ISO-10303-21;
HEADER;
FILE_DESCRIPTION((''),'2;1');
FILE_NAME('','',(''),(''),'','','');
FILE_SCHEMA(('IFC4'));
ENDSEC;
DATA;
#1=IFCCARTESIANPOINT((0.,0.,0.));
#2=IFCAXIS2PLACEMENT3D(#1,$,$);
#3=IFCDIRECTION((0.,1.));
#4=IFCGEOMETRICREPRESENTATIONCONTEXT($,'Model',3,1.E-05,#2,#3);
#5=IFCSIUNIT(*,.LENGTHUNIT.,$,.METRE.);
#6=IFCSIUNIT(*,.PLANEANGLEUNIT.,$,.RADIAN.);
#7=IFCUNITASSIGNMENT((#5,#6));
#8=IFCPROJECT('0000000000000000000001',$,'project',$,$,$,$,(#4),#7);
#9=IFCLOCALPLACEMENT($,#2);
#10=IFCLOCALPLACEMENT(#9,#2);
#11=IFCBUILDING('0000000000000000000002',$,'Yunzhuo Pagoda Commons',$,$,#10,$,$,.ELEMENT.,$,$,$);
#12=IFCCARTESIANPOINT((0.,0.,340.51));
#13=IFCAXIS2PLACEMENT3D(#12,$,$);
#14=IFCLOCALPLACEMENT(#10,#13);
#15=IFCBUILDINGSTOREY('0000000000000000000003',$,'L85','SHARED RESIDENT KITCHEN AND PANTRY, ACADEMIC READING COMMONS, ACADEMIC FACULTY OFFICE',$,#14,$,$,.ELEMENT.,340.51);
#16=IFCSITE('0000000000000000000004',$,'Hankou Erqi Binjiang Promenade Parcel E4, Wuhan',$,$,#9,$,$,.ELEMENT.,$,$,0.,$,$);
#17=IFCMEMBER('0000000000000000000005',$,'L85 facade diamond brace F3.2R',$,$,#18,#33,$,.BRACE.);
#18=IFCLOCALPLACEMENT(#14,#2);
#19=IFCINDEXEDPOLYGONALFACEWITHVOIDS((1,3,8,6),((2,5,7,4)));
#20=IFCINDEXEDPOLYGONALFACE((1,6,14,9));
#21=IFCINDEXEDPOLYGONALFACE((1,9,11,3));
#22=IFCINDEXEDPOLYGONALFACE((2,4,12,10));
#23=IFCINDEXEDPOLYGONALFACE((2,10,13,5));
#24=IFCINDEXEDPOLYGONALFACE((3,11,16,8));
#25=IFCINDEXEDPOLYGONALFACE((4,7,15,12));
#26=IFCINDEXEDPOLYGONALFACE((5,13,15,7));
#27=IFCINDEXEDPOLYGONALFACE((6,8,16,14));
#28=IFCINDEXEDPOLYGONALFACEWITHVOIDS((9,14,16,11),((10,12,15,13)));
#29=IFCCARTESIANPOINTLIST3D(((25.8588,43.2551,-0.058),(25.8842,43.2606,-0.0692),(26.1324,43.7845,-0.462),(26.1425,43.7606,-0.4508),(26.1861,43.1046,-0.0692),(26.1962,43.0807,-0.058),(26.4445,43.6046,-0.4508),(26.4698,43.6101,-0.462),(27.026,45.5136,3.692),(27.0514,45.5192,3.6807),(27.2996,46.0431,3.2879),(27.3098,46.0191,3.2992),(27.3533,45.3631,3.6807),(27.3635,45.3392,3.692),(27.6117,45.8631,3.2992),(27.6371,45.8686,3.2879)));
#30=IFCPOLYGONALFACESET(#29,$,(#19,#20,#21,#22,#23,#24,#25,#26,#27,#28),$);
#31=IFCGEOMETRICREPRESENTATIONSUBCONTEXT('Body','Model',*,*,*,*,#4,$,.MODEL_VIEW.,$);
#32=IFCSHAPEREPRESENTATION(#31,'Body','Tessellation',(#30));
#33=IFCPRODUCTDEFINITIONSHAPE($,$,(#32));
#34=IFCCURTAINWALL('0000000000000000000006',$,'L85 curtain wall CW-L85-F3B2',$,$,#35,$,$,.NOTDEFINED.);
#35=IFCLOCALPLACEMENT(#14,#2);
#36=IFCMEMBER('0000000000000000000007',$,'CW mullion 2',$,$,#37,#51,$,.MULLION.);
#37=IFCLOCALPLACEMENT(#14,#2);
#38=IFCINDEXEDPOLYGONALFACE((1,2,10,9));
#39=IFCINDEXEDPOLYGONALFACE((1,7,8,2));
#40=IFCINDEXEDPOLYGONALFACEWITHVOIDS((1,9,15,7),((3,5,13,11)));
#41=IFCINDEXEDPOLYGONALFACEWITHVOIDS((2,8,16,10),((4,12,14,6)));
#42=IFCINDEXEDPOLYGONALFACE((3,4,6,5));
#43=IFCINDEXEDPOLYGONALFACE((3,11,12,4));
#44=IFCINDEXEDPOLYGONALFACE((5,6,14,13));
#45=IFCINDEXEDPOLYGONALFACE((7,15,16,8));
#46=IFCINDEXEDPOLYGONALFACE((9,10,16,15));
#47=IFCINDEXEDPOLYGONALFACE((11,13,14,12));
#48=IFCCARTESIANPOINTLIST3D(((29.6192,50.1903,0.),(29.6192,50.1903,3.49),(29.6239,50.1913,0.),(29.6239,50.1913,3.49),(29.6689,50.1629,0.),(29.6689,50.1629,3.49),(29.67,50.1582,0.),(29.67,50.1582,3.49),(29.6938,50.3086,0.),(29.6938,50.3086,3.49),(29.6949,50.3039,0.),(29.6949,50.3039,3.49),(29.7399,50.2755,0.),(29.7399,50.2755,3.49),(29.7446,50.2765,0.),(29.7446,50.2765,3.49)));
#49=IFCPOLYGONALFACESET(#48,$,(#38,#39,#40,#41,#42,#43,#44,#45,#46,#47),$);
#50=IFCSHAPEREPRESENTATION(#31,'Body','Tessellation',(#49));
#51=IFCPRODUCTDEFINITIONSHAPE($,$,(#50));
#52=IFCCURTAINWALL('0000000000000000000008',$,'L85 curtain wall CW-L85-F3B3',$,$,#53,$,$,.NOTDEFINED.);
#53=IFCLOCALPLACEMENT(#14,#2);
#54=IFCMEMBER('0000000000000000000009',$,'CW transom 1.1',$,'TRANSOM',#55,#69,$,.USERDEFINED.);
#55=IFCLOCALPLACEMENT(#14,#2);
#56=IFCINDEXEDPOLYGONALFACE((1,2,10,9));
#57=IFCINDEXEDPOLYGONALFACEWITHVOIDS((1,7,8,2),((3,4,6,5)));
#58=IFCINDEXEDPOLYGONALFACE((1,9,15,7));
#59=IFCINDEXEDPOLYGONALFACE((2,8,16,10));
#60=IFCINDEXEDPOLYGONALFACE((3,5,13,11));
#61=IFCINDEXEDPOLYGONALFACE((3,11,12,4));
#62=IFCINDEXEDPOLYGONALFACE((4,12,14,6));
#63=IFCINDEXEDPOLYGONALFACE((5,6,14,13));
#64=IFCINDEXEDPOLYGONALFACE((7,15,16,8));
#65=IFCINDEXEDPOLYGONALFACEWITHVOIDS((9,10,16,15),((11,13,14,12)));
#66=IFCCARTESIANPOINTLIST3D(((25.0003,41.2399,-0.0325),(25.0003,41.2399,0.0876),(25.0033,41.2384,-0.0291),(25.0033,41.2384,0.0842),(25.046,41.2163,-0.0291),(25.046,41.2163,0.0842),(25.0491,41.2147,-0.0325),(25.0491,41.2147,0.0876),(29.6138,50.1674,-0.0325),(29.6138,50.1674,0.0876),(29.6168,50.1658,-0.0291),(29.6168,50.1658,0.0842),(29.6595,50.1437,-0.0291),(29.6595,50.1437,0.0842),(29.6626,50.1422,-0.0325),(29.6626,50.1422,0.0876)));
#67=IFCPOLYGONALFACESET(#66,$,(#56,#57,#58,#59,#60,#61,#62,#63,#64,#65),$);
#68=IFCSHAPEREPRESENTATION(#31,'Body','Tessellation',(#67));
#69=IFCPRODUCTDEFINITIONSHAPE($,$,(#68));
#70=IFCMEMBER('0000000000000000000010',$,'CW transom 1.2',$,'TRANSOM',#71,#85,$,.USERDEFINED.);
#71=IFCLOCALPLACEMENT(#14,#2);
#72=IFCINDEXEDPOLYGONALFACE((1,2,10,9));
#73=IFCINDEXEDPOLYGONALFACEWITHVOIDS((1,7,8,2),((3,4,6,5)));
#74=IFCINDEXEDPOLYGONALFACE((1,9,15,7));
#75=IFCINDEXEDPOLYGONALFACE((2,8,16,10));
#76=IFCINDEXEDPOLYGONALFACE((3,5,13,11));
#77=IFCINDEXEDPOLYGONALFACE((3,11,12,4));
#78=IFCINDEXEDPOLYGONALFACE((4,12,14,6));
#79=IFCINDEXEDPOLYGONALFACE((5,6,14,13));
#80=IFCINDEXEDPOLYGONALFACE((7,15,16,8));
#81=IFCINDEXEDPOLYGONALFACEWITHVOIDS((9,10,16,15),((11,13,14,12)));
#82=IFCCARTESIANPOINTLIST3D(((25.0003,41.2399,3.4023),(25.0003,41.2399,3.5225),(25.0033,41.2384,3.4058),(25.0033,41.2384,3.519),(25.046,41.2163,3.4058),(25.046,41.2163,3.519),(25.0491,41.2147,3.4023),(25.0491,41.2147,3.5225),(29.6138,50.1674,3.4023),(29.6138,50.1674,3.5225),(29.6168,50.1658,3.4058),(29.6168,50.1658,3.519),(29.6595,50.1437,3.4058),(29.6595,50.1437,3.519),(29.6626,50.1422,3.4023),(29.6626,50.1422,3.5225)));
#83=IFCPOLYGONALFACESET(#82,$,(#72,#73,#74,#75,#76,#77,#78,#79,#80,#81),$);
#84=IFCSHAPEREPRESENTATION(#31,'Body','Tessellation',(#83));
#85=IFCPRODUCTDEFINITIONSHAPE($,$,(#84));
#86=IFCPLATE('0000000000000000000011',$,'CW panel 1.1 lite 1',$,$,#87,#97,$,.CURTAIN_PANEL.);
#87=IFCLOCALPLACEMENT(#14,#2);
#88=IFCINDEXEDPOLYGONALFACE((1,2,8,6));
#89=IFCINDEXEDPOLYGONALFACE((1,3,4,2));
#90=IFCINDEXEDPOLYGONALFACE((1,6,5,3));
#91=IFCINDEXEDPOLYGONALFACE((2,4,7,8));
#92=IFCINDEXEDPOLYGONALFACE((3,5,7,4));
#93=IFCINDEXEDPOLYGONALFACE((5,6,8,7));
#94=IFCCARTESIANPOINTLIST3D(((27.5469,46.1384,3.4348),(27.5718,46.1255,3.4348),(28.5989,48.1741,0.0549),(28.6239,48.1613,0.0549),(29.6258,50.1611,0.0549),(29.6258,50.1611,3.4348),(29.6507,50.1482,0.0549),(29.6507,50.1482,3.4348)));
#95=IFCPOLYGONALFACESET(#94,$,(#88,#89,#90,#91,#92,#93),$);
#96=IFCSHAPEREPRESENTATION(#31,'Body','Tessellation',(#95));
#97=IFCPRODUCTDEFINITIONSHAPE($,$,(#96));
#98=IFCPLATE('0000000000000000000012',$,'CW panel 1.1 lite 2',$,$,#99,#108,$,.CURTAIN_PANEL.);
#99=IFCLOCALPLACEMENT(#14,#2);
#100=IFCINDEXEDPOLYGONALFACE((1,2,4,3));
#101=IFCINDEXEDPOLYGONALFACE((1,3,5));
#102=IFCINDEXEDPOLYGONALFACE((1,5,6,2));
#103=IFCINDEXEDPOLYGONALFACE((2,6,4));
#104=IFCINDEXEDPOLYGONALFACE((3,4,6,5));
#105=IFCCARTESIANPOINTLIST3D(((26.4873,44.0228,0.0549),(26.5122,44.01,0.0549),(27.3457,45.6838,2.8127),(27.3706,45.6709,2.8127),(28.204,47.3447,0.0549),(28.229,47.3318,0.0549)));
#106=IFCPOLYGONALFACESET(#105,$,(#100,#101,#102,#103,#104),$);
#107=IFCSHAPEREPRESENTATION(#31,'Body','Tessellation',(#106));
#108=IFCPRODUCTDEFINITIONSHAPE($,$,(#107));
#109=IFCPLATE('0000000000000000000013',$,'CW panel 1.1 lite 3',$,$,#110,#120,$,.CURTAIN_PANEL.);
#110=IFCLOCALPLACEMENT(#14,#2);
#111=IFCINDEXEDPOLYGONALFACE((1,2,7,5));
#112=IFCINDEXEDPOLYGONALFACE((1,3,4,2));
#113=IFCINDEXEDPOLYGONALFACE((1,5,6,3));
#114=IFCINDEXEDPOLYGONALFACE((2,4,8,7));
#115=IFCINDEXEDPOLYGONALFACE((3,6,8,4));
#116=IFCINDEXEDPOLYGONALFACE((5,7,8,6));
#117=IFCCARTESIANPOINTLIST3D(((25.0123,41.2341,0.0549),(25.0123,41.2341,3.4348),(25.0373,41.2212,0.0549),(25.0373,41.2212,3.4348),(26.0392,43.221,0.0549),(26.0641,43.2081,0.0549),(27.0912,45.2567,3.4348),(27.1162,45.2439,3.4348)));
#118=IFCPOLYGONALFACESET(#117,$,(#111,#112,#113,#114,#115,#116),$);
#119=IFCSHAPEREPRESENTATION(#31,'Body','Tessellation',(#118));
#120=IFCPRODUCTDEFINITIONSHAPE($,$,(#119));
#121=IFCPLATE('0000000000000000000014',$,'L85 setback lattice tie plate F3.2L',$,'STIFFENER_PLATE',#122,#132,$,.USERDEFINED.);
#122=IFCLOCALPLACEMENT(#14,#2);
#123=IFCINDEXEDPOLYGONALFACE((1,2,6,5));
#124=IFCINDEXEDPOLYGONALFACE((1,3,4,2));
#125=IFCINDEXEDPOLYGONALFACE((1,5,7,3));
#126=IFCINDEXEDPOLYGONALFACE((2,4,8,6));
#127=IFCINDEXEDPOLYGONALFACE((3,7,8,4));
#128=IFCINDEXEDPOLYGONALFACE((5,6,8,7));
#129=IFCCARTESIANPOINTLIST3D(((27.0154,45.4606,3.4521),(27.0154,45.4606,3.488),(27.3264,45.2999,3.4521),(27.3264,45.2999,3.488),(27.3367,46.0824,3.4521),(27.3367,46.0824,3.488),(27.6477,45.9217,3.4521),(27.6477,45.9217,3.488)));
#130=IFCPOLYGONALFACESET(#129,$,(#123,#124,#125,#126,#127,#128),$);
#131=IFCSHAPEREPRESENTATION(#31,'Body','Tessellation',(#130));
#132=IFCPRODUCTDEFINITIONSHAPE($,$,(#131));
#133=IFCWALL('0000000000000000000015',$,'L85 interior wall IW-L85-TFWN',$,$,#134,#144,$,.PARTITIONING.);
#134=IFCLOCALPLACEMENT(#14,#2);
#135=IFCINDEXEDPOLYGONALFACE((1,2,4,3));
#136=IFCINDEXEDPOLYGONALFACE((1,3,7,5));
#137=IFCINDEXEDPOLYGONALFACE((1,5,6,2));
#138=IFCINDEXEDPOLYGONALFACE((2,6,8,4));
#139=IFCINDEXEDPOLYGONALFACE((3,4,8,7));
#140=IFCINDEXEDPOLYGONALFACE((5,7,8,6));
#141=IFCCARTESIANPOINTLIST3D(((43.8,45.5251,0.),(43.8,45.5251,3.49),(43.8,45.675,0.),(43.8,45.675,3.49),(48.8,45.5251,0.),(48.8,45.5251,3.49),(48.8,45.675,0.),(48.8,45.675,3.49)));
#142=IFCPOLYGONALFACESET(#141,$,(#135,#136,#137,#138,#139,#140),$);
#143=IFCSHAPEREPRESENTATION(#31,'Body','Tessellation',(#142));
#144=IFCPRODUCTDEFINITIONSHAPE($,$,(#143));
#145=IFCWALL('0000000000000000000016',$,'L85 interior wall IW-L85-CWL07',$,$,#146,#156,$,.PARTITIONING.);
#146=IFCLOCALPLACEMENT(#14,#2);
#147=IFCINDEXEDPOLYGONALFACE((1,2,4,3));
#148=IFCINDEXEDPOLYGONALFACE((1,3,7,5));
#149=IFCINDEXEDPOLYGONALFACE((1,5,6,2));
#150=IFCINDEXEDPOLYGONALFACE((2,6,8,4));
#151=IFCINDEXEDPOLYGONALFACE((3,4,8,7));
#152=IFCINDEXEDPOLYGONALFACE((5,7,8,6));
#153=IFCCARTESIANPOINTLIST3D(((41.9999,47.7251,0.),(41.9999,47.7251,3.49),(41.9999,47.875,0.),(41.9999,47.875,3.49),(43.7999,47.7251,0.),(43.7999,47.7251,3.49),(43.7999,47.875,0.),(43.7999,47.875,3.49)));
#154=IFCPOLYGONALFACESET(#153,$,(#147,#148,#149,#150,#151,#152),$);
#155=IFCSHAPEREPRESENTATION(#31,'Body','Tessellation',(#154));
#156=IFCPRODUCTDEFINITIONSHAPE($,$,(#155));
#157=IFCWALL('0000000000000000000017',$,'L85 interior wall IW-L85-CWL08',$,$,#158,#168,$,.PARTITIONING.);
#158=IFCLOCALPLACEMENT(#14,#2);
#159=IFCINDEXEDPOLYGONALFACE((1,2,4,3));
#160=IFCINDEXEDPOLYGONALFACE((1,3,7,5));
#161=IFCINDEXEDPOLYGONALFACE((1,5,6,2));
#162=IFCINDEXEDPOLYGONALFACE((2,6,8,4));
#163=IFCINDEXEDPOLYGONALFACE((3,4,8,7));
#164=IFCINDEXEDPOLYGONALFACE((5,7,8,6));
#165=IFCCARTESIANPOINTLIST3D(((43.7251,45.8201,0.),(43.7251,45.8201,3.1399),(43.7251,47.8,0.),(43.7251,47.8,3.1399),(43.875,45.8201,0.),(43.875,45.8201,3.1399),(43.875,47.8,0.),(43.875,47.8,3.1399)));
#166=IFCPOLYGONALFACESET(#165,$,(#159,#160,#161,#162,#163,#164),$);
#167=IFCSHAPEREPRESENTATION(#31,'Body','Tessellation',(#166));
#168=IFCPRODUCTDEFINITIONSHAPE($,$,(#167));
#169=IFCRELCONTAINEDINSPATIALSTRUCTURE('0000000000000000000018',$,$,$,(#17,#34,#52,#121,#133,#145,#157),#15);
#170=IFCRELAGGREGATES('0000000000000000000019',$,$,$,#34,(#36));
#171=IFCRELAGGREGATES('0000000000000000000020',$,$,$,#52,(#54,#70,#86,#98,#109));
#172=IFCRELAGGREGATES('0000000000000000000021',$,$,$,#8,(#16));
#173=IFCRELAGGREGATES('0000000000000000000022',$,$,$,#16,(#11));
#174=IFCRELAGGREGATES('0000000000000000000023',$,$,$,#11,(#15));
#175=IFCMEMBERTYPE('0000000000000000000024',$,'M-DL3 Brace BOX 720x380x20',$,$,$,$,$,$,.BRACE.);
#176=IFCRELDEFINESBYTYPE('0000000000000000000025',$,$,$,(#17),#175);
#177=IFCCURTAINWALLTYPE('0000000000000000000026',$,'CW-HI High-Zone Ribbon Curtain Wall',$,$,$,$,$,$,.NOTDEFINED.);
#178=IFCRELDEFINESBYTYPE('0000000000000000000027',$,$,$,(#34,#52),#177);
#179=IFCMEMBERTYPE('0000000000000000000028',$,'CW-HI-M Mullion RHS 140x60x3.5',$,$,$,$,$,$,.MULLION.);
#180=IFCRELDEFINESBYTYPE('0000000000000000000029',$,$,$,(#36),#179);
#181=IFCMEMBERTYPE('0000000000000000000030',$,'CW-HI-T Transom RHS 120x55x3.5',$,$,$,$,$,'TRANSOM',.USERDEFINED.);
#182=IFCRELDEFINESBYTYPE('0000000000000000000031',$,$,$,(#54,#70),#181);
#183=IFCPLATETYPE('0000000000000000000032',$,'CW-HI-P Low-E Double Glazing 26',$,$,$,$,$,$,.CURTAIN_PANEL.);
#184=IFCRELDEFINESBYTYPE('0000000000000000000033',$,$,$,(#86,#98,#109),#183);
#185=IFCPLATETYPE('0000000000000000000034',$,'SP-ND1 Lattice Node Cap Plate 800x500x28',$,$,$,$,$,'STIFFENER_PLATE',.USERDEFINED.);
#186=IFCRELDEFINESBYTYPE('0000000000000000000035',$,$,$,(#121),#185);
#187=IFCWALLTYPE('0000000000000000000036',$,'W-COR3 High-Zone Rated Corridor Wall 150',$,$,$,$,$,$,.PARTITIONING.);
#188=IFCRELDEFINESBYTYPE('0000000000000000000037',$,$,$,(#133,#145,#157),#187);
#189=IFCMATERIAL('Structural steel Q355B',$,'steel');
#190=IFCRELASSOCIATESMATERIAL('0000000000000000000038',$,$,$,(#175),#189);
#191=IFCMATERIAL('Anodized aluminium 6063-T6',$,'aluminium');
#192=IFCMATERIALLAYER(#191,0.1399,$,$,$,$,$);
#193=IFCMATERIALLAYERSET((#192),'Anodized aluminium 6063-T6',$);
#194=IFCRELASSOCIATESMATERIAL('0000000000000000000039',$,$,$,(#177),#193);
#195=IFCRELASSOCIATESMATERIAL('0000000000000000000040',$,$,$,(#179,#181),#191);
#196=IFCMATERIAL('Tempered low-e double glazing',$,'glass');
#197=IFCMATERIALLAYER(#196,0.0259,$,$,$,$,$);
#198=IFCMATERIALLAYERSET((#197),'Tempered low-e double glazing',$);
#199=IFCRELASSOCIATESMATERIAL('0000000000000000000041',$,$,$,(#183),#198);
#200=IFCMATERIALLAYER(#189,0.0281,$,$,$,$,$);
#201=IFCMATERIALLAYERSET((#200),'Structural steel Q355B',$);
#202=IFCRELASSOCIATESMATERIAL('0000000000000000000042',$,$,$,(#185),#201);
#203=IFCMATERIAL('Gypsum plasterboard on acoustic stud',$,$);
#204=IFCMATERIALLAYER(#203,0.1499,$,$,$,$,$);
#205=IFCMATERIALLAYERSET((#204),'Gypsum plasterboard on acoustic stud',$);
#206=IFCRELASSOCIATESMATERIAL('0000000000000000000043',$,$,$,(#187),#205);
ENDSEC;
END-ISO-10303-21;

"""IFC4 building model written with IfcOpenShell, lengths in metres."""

from ifc_helpers import new_model, si_unit, direction, frame, frame_2d, origin, origin_2d, place, context, subcontext, project, spatial, polyline, rectangle, hollow_rectangle, outline, extrude, source, transform, mapped, material, layer, layer_set, material_profile, profile_set, type_object, element, aggregate, save


model = new_model("IFC4")

# Units and contexts
model_context = context("Model", 3, precision=1e-05, world=origin(), true_north=direction((0.0, 1.0)))
body_context = subcontext(model_context, "Body", "Model", "MODEL_VIEW")
ifc_project = project(units=[si_unit("LENGTHUNIT", "METRE"), si_unit("PLANEANGLEUNIT", "RADIAN")], contexts=[model_context])

# Site, building, storey
site_placement = place(None, origin())
site = spatial("IfcSite", under=ifc_project, at=site_placement, Name="Hankou Erqi Binjiang Promenade Parcel E4, Wuhan", CompositionType="ELEMENT", RefElevation=0.0)
building_placement = place(site_placement, origin())
building = spatial("IfcBuilding", under=site, at=building_placement, Name="Yunzhuo Pagoda Commons", CompositionType="ELEMENT")
storey_placement = place(building_placement, frame((0.0, 0.0, 340.51)))
storey = spatial("IfcBuildingStorey", under=building, at=storey_placement, Name="L85", Description="SHARED RESIDENT KITCHEN AND PANTRY, ACADEMIC READING COMMONS, ACADEMIC FACULTY OFFICE", CompositionType="ELEMENT", Elevation=340.51)

# Shared definitions
ifc_material_1 = material(Name="Structural steel Q355B", Category="steel")

# Member
ifc_material_profile_1 = material_profile(ifc_material_1, hollow_rectangle(XDim=0.3799, YDim=0.72, WallThickness=0.02, at=origin_2d()), Name="Structural steel Q355B")
ifc_profile_set_1 = profile_set([ifc_material_profile_1], Name="Structural steel Q355B")
member_type_1 = type_object("IfcMemberType", Name="M-DL3 Brace BOX 720x380x20", PredefinedType="BRACE", material=ifc_profile_set_1)
shared_shape_1 = source(origin(), body_context, "Body", "SweptSolid", [
    extrude(hollow_rectangle(XDim=0.3799, YDim=0.72, WallThickness=0.02, at=origin_2d()), origin(), (0.0, 0.0, 1.0), 4.5305),
])
for number, where, z_axis, x_axis, name in (
    (1, (26.1643, 43.4326, -0.26), (0.257636, 0.498514, 0.827712), (-0.888374, 0.45912, 0.0), "L85 facade diamond brace F3.2R"),
):
    element("IfcMember", number, at=place(storey_placement, frame(where, z_axis=z_axis, x_axis=x_axis)), inside=storey, type_object=member_type_1, Name=name, PredefinedType="BRACE", context=body_context, shape_type="MappedRepresentation", body=[
        mapped(shared_shape_1, transform((0.0, 0.0, 0.0), scale=1.0)),
    ])

# Curtain wall, member
ifc_material_2 = material(Name="Anodized aluminium 6063-T6", Category="aluminium")
ifc_layer_1 = layer(ifc_material_2, 0.1399)
ifc_layer_set_1 = layer_set([ifc_layer_1], Name="Anodized aluminium 6063-T6")
curtain_wall_type = type_object("IfcCurtainWallType", Name="CW-HI High-Zone Ribbon Curtain Wall", PredefinedType="NOTDEFINED", material=ifc_layer_set_1)
curtain_wall_1_placement = place(storey_placement, origin())
curtain_wall_1 = element("IfcCurtainWall", 2, at=curtain_wall_1_placement, inside=storey, type_object=curtain_wall_type, Name="L85 curtain wall CW-L85-F3B2", PredefinedType="NOTDEFINED")
ifc_material_profile_2 = material_profile(ifc_material_2, hollow_rectangle(XDim=0.0601, YDim=0.1399, WallThickness=0.0034, at=origin_2d()), Name="Anodized aluminium 6063-T6")
ifc_profile_set_2 = profile_set([ifc_material_profile_2], Name="Anodized aluminium 6063-T6")
member_type_2 = type_object("IfcMemberType", Name="CW-HI-M Mullion RHS 140x60x3.5", PredefinedType="MULLION", material=ifc_profile_set_2)
shared_shape_2 = source(origin(), body_context, "Body", "SweptSolid", [
    extrude(hollow_rectangle(XDim=0.0601, YDim=0.1399, WallThickness=0.0034, at=origin_2d()), origin(), (0.0, 0.0, 1.0), 3.49),
])
member_1_placement = place(storey_placement, frame((29.6819, 50.2334, 0.0), z_axis=(0.0, 0.0, 1.0), x_axis=(0.845818, -0.533472, 0.0)))
member_1 = element("IfcMember", 3, at=member_1_placement, type_object=member_type_2, Name="CW mullion 2", PredefinedType="MULLION", context=body_context, shape_type="MappedRepresentation", body=[
    mapped(shared_shape_2, transform((0.0, 0.0, 0.0), scale=1.0)),
])
aggregate(curtain_wall_1, [member_1])

# Curtain wall, members, plates
curtain_wall_2_placement = place(storey_placement, origin())
curtain_wall_2 = element("IfcCurtainWall", 4, at=curtain_wall_2_placement, inside=storey, type_object=curtain_wall_type, Name="L85 curtain wall CW-L85-F3B3", PredefinedType="NOTDEFINED")
ifc_material_profile_3 = material_profile(ifc_material_2, hollow_rectangle(XDim=0.0549, YDim=0.1201, WallThickness=0.0034, at=origin_2d()), Name="Anodized aluminium 6063-T6")
ifc_profile_set_3 = profile_set([ifc_material_profile_3], Name="Anodized aluminium 6063-T6")
member_type_3 = type_object("IfcMemberType", Name="CW-HI-T Transom RHS 120x55x3.5", ElementType="TRANSOM", PredefinedType="USERDEFINED", material=ifc_profile_set_3)
shared_shape_3 = source(origin(), body_context, "Body", "SweptSolid", [
    extrude(hollow_rectangle(XDim=0.0549, YDim=0.1201, WallThickness=0.0034, at=origin_2d()), origin(), (0.0, 0.0, 1.0), 10.0491),
])
member_2_placement = place(storey_placement, frame((29.6382, 50.1548, 0.0276), z_axis=(-0.459098, -0.888386, 0.0), x_axis=(0.888386, -0.459098, 0.0)))
member_2 = element("IfcMember", 5, at=member_2_placement, type_object=member_type_3, Name="CW transom 1.1", ObjectType="TRANSOM", PredefinedType="USERDEFINED", context=body_context, shape_type="MappedRepresentation", body=[
    mapped(shared_shape_3, transform((0.0, 0.0, 0.0), scale=1.0)),
])
member_3_placement = place(storey_placement, frame((29.6382, 50.1548, 3.4624), z_axis=(-0.459098, -0.888386, 0.0), x_axis=(0.888386, -0.459098, 0.0)))
member_3 = element("IfcMember", 6, at=member_3_placement, type_object=member_type_3, Name="CW transom 1.2", ObjectType="TRANSOM", PredefinedType="USERDEFINED", context=body_context, shape_type="MappedRepresentation", body=[
    mapped(shared_shape_3, transform((0.0, 0.0, 0.0), scale=1.0)),
])
ifc_material_3 = material(Name="Tempered low-e double glazing", Category="glass")
ifc_layer_2 = layer(ifc_material_3, 0.0259)
ifc_layer_set_2 = layer_set([ifc_layer_2], Name="Tempered low-e double glazing")
plate_type_1 = type_object("IfcPlateType", Name="CW-HI-P Low-E Double Glazing 26", PredefinedType="CURTAIN_PANEL", material=ifc_layer_set_2)
plate_1_placement = place(storey_placement, frame((28.6113, 48.137, 1.7449), z_axis=(-0.88838, 0.459108, 0.0), x_axis=(-0.459108, -0.88838, 0.0)))
plate_1 = element("IfcPlate", 7, at=plate_1_placement, type_object=plate_type_1, Name="CW panel 1.1 lite 1", PredefinedType="CURTAIN_PANEL", context=body_context, shape_type="SweptSolid", body=[
    extrude(outline(polyline([(-2.2639, -1.6899), (-0.0273, -1.6899), (2.2642, 1.6899), (-2.2639, 1.6899), (-2.2639, -1.6899)])), origin(), (0.0, 0.0, 1.0), 0.0281),
])
plate_2_placement = place(storey_placement, frame((27.3706, 45.6709, 1.4338), z_axis=(-0.88838, 0.459108, 0.0), x_axis=(-0.459108, -0.88838, 0.0)))
plate_2 = element("IfcPlate", 8, at=plate_2_placement, type_object=plate_type_1, Name="CW panel 1.1 lite 2", PredefinedType="CURTAIN_PANEL", context=body_context, shape_type="SweptSolid", body=[
    extrude(outline(polyline([(-1.8696, -1.3789), (1.8696, -1.3789), (0.0, 1.3789), (-1.8696, -1.3789)])), origin(), (0.0, 0.0, 1.0), 0.0281),
])
plate_3_placement = place(storey_placement, frame((26.0767, 43.2324, 1.7449), z_axis=(-0.88838, 0.459108, 0.0), x_axis=(-0.459108, -0.88838, 0.0)))
plate_3 = element("IfcPlate", 9, at=plate_3_placement, type_object=plate_type_1, Name="CW panel 1.1 lite 3", PredefinedType="CURTAIN_PANEL", context=body_context, shape_type="SweptSolid", body=[
    extrude(outline(polyline([(-2.2642, 1.6899), (0.0273, -1.6899), (2.2639, -1.6899), (2.2639, 1.6899), (-2.2642, 1.6899)])), origin(), (0.0, 0.0, 1.0), 0.0281),
])
aggregate(curtain_wall_2, [member_2, member_3, plate_1, plate_2, plate_3])

# Plate
ifc_layer_3 = layer(ifc_material_1, 0.0281)
ifc_layer_set_3 = layer_set([ifc_layer_3], Name="Structural steel Q355B")
plate_type_2 = type_object("IfcPlateType", Name="SP-ND1 Lattice Node Cap Plate 800x500x28", ElementType="STIFFENER_PLATE", PredefinedType="USERDEFINED", material=ifc_layer_set_3)
shared_shape_4 = source(origin(), body_context, "Body", "SweptSolid", [
    extrude(rectangle(XDim=0.7, YDim=0.3501, at=origin_2d()), origin(), (0.0, 0.0, 1.0), 0.0359),
])
plate_4_placement = place(storey_placement, frame((27.3315, 45.6912, 3.4521), z_axis=(0.0, 0.0, 1.0), x_axis=(-0.459115, -0.888377, 0.0)))
element("IfcPlate", 10, at=plate_4_placement, inside=storey, type_object=plate_type_2, Name="L85 setback lattice tie plate F3.2L", ObjectType="STIFFENER_PLATE", PredefinedType="USERDEFINED", context=body_context, shape_type="MappedRepresentation", body=[
    mapped(shared_shape_4, transform((0.0, 0.0, 0.0), scale=1.0)),
])

# Walls
ifc_material_4 = material(Name="Gypsum plasterboard on acoustic stud")
ifc_layer_4 = layer(ifc_material_4, 0.1499)
ifc_layer_set_4 = layer_set([ifc_layer_4], Name="Gypsum plasterboard on acoustic stud")
wall_type = type_object("IfcWallType", Name="W-COR3 High-Zone Rated Corridor Wall 150", PredefinedType="PARTITIONING", material=ifc_layer_set_4)
wall_1_placement = place(storey_placement, frame((43.8, 45.6001, 0.0), z_axis=(0.0, 0.0, 1.0), x_axis=(1.0, 0.0, 0.0)))
element("IfcWall", 11, at=wall_1_placement, inside=storey, type_object=wall_type, Name="L85 interior wall IW-L85-TFWN", PredefinedType="PARTITIONING", context=body_context, shape_type="SweptSolid", body=[
    extrude(rectangle(XDim=5.0, YDim=0.1499, at=frame_2d((2.5, 0.0))), origin(), (0.0, 0.0, 1.0), 3.49),
])
wall_2_placement = place(storey_placement, frame((42.0, 47.8, 0.0), z_axis=(0.0, 0.0, 1.0), x_axis=(1.0, 0.0, 0.0)))
element("IfcWall", 12, at=wall_2_placement, inside=storey, type_object=wall_type, Name="L85 interior wall IW-L85-CWL07", PredefinedType="PARTITIONING", context=body_context, shape_type="SweptSolid", body=[
    extrude(rectangle(XDim=1.8, YDim=0.1499, at=frame_2d((0.8999, 0.0))), origin(), (0.0, 0.0, 1.0), 3.49),
])
wall_3_placement = place(storey_placement, frame((43.8, 47.8, 0.0), z_axis=(0.0, 0.0, 1.0), x_axis=(0.0, -1.0, 0.0)))
element("IfcWall", 13, at=wall_3_placement, inside=storey, type_object=wall_type, Name="L85 interior wall IW-L85-CWL08", PredefinedType="PARTITIONING", context=body_context, shape_type="SweptSolid", body=[
    extrude(rectangle(XDim=1.98, YDim=0.1499, at=frame_2d((0.99, 0.0))), origin(), (0.0, 0.0, 1.0), 3.1399),
])

save(model, "model.ifc")
